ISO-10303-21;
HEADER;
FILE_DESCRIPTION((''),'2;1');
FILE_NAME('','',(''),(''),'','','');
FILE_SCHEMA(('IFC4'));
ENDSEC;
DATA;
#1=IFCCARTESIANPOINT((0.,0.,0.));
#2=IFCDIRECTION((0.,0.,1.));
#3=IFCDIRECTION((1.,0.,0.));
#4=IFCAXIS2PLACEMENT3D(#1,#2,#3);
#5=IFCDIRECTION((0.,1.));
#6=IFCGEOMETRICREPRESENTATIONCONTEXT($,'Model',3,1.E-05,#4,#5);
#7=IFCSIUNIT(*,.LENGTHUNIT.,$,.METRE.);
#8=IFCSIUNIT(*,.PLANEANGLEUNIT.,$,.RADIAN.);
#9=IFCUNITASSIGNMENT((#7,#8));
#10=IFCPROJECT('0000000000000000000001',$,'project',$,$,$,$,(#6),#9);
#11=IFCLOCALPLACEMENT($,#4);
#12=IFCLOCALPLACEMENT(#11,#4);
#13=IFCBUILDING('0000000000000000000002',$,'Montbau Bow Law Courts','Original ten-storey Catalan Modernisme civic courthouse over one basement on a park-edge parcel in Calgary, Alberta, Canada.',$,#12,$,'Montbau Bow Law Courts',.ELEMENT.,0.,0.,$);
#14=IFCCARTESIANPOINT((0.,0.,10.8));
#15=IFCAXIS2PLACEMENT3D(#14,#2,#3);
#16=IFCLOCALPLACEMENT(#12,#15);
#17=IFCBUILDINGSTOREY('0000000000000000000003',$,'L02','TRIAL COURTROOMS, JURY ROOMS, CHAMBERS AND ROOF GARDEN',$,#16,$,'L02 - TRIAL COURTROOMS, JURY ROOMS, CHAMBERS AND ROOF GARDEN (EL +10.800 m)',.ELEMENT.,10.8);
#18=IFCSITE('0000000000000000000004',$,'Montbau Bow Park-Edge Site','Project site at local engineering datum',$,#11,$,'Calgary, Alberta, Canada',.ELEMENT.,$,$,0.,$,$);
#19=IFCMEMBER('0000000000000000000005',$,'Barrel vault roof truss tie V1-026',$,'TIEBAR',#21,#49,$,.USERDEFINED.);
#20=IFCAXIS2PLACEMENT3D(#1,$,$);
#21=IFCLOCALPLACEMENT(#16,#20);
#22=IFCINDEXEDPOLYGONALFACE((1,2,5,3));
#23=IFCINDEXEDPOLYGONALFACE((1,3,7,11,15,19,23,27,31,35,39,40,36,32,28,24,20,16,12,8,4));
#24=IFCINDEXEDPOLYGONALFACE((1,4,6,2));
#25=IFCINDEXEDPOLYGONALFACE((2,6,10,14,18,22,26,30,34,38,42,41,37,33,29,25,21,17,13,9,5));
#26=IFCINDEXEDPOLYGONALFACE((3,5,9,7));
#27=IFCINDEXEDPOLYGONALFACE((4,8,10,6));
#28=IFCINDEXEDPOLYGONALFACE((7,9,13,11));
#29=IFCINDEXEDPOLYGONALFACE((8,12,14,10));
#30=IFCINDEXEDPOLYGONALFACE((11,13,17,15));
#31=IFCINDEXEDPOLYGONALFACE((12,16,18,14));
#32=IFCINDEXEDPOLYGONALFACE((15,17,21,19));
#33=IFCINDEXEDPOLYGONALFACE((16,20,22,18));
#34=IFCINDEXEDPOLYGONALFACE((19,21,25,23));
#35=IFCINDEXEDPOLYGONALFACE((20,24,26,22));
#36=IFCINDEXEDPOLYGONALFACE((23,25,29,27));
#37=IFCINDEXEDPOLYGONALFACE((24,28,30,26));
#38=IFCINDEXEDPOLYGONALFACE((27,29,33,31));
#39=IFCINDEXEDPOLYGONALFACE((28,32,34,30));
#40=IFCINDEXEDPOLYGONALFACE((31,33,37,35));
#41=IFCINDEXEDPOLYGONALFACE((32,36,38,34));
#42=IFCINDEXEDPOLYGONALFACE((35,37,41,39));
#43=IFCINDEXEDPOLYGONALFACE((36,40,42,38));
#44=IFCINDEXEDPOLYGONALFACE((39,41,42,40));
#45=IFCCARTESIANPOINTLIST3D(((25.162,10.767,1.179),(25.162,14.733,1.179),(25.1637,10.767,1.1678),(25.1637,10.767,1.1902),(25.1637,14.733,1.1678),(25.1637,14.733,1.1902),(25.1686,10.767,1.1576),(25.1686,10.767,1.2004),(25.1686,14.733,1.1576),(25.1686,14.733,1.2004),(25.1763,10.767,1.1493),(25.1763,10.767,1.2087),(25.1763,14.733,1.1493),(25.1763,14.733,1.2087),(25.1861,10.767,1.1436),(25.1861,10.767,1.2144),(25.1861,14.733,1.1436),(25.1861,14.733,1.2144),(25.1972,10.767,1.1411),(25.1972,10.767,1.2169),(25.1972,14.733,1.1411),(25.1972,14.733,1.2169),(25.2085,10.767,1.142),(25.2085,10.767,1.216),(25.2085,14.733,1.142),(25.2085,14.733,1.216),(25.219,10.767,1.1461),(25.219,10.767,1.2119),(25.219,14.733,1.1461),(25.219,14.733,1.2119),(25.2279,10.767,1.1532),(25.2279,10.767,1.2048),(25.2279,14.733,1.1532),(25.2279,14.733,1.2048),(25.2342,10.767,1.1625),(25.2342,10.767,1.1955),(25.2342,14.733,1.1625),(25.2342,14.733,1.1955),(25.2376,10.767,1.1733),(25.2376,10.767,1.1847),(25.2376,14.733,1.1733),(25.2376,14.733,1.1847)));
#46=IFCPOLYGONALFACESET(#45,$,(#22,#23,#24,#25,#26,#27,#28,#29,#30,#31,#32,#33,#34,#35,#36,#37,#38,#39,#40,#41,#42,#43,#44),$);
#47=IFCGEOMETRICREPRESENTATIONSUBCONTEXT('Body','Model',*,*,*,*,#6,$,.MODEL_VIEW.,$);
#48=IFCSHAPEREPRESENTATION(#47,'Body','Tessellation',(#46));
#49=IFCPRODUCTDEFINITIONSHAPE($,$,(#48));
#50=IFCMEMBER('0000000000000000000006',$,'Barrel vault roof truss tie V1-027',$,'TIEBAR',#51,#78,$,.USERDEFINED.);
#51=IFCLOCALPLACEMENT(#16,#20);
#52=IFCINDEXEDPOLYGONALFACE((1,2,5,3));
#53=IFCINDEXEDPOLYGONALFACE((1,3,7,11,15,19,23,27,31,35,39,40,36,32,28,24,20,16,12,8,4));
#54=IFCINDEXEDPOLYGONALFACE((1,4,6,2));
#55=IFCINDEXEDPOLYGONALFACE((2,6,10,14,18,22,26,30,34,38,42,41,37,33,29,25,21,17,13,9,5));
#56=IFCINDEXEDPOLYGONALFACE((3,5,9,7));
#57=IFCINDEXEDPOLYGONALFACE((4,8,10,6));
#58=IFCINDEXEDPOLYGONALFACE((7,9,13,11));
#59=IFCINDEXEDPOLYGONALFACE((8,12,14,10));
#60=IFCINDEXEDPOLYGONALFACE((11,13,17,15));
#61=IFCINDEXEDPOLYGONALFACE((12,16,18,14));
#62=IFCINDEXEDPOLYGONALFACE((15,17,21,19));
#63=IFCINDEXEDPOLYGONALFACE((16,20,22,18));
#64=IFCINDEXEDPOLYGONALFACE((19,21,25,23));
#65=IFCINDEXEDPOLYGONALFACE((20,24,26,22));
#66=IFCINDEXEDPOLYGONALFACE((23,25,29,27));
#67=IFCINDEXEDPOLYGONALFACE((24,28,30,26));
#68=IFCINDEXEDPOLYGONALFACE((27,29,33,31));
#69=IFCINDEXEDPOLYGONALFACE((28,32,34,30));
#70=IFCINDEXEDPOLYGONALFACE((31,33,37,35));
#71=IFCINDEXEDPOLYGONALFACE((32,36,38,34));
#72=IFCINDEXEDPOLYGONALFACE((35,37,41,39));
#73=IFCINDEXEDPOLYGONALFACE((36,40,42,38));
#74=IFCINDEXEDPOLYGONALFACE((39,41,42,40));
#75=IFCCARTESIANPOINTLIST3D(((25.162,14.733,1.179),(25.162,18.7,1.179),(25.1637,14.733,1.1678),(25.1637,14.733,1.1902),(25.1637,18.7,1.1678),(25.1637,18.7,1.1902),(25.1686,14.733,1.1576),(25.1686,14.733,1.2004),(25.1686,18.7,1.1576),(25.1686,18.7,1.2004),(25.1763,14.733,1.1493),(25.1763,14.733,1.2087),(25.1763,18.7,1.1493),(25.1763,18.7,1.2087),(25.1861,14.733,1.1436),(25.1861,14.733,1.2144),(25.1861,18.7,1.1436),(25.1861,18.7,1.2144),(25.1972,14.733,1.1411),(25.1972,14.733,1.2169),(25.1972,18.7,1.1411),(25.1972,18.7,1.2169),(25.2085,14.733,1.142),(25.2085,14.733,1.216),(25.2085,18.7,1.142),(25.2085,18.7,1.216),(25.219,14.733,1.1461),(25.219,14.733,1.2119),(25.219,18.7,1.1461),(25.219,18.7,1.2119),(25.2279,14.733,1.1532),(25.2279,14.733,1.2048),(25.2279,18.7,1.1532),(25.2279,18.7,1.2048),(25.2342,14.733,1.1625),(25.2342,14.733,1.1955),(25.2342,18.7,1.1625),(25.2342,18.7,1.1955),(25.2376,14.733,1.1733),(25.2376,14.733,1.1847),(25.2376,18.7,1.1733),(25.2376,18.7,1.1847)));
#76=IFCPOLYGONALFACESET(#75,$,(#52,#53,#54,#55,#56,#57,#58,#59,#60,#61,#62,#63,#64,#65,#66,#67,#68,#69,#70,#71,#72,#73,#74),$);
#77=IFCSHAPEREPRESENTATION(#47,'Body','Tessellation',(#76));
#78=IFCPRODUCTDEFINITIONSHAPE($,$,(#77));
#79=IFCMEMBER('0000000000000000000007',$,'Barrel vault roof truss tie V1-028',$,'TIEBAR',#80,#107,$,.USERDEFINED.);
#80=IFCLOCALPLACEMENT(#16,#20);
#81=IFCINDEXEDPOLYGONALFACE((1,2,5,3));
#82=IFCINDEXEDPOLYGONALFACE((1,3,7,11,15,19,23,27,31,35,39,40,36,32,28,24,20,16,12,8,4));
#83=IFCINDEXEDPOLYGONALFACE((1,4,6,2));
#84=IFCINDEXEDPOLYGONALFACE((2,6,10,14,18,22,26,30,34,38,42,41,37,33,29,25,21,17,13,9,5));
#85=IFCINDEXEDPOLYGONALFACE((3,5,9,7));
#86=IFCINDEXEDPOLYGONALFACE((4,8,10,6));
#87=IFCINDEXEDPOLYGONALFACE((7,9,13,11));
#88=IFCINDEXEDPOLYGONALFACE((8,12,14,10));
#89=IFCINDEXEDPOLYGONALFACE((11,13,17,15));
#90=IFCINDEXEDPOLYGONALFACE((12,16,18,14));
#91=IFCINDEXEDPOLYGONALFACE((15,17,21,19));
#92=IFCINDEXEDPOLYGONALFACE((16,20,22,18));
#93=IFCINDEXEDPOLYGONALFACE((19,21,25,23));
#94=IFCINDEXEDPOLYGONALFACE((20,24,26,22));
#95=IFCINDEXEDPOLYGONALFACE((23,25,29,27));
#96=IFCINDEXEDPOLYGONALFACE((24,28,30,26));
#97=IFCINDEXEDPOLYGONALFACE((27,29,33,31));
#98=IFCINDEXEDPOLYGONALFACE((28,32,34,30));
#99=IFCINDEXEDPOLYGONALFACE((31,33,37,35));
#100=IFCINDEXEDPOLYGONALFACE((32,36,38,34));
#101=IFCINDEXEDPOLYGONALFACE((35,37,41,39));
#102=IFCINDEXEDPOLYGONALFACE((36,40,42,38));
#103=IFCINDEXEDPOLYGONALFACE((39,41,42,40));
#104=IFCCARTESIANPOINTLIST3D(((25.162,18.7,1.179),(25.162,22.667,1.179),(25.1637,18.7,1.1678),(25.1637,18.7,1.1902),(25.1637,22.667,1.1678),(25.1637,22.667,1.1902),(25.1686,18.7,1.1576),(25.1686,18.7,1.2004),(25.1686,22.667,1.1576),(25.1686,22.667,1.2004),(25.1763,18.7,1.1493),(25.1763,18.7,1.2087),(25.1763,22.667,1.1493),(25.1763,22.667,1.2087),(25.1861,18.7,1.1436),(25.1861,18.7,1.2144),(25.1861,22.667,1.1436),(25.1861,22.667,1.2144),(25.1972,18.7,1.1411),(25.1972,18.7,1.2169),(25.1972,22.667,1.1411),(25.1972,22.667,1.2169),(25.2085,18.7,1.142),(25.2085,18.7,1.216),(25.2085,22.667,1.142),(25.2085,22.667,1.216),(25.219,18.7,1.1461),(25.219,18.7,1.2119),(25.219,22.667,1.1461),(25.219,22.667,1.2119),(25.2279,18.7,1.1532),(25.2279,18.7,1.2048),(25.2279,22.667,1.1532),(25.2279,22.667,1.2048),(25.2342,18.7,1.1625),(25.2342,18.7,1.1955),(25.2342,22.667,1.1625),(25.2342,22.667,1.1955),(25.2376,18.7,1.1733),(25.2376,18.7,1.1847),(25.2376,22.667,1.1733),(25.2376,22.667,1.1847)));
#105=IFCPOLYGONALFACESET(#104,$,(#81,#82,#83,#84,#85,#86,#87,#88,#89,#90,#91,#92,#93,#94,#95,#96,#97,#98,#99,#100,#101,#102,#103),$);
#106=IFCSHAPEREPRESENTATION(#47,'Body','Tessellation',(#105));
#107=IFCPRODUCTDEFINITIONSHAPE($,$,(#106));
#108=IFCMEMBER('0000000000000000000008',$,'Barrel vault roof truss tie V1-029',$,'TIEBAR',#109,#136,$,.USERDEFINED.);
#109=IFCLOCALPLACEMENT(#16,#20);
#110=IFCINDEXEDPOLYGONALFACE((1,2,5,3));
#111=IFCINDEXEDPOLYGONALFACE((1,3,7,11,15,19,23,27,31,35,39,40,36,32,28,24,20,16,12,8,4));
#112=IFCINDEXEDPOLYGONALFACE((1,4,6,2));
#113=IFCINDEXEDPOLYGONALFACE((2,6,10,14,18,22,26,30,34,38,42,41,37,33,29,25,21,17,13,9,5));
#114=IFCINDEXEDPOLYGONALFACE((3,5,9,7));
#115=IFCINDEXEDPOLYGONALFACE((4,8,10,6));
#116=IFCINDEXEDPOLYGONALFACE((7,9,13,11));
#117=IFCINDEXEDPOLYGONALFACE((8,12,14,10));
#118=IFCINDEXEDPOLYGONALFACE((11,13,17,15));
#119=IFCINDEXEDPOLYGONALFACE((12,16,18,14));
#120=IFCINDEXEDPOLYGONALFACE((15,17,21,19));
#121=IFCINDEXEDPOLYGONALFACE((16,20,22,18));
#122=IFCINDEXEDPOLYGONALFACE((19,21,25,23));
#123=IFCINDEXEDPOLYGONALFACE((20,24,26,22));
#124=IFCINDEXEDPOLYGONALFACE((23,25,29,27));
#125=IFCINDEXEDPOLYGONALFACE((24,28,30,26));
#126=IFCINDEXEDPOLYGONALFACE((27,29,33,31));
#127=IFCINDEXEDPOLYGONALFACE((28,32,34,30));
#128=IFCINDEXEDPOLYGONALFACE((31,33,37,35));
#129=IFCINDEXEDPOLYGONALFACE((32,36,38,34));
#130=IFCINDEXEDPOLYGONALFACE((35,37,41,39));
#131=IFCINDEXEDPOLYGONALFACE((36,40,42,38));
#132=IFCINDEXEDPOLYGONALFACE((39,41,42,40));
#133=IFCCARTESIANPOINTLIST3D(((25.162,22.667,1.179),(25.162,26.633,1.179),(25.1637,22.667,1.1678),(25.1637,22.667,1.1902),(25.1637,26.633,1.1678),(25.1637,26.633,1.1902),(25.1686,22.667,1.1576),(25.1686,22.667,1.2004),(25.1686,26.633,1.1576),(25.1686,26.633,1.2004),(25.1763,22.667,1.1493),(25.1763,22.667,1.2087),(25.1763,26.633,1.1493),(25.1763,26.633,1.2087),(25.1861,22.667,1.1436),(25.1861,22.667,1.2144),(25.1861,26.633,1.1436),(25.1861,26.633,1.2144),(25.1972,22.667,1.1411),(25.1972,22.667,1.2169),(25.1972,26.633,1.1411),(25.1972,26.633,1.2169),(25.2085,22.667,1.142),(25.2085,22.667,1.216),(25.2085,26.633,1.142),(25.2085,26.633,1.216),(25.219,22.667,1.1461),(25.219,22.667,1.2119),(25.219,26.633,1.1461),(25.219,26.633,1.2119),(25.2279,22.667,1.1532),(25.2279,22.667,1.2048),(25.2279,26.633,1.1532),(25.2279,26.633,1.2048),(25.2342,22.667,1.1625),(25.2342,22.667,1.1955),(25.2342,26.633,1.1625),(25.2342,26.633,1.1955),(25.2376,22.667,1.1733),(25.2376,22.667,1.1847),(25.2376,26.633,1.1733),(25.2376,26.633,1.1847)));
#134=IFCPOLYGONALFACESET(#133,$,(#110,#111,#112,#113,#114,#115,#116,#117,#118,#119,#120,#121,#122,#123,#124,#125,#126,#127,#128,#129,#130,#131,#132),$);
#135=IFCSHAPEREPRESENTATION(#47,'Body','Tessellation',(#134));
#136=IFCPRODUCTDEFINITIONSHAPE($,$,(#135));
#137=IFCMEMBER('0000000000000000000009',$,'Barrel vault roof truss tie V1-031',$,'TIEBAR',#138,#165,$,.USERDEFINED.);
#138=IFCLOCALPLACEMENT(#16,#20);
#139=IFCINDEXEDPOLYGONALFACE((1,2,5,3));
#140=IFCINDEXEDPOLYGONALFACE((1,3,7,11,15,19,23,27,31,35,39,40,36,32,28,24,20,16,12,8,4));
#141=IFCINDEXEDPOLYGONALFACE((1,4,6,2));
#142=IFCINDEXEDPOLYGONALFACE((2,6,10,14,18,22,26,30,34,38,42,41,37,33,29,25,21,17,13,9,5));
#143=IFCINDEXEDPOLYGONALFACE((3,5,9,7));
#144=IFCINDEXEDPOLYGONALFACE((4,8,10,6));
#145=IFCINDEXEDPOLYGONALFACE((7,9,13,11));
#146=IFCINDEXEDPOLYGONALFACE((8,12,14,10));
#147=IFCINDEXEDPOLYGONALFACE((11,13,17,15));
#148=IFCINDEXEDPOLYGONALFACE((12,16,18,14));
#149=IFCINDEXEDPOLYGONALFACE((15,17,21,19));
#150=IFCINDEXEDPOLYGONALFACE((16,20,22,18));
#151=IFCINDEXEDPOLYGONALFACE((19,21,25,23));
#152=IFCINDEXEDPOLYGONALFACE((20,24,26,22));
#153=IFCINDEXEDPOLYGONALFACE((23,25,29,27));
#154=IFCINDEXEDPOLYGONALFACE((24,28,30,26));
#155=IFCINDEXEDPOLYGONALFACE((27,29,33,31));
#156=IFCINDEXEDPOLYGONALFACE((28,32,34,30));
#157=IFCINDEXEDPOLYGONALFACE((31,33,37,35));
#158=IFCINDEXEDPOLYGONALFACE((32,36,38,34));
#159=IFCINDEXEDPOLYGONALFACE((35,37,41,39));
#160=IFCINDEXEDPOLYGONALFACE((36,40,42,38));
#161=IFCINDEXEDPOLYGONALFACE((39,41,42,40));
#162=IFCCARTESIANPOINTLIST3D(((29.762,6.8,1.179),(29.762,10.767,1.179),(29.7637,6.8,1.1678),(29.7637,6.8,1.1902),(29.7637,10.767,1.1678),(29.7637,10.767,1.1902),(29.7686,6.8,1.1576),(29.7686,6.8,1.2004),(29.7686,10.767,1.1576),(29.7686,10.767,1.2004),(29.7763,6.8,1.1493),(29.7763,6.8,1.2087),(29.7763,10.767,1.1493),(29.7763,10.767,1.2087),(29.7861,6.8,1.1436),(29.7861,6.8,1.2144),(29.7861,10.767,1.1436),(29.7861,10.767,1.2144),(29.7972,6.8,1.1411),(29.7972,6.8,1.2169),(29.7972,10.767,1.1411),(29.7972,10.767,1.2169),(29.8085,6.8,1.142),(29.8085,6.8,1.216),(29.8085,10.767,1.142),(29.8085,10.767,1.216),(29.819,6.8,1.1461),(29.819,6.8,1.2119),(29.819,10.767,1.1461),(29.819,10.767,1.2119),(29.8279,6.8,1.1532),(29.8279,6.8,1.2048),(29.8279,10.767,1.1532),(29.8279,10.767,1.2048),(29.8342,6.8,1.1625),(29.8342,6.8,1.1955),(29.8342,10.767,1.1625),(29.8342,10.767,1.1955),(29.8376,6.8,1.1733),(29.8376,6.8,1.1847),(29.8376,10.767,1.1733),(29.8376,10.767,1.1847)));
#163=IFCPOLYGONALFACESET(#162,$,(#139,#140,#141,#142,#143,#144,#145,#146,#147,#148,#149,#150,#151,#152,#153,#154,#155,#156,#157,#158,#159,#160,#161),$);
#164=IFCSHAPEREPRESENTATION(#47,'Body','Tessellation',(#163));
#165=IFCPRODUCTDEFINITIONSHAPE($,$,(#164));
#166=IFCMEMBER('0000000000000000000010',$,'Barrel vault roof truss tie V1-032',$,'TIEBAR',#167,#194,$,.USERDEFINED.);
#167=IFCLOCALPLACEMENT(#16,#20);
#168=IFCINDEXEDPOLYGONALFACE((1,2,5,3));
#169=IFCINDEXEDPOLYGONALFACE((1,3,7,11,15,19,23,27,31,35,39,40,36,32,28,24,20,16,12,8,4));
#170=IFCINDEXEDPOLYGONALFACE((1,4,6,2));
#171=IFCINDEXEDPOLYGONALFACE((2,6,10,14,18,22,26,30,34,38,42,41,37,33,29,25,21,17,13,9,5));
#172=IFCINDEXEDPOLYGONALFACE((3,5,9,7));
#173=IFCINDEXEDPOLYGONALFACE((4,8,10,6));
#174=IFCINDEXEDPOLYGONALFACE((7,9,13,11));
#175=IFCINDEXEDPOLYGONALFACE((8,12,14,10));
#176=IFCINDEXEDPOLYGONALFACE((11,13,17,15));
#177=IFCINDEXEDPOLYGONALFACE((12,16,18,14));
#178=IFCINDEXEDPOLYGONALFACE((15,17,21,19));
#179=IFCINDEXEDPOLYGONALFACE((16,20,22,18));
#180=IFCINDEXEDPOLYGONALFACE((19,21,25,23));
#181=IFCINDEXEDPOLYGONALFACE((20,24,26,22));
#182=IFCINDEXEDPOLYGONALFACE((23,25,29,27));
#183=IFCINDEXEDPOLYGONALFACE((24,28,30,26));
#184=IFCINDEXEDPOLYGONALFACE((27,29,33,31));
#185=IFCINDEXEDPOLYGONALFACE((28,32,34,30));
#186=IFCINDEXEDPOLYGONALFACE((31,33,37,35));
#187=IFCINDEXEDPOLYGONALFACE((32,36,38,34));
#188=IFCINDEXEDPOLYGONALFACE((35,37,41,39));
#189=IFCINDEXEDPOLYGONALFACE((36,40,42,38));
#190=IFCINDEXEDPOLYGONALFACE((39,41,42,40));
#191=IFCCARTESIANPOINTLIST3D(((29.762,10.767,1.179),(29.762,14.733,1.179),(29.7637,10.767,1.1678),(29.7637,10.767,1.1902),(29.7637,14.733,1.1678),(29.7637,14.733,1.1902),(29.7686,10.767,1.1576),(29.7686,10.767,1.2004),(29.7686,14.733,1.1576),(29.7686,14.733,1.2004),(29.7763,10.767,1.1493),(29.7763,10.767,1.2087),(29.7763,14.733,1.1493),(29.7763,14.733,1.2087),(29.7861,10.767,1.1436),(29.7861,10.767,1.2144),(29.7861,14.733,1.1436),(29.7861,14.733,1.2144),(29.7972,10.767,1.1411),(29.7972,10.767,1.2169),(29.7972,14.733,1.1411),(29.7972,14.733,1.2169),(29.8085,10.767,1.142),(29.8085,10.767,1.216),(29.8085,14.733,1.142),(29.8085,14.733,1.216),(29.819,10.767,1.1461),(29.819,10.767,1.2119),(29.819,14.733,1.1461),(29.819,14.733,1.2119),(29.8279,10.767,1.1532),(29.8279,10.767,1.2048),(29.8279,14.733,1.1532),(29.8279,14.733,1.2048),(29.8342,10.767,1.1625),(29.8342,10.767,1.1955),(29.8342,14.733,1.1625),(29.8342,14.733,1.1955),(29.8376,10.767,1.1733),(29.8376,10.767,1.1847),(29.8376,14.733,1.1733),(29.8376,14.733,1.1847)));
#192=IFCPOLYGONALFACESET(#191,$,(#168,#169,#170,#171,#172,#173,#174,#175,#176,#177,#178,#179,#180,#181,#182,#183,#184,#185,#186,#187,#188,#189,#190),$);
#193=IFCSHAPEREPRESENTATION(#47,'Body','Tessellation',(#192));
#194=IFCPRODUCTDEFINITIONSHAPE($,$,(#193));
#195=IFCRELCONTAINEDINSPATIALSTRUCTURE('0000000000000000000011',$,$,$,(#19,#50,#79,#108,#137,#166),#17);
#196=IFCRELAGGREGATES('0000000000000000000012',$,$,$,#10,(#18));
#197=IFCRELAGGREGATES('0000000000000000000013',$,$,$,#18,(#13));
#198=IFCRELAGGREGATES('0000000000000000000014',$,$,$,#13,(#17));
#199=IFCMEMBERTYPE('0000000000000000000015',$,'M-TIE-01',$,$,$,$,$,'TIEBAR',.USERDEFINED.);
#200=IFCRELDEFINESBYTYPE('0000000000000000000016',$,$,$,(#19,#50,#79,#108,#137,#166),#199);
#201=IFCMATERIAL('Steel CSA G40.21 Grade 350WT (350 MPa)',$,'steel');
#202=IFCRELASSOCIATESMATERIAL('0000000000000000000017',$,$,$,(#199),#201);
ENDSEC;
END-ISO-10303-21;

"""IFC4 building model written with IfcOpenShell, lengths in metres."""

from ifc_helpers import new_model, si_unit, direction, frame, origin_with_axes, origin_2d_with_axis, place, context, subcontext, project, spatial, circle, extrude, material, material_profile, profile_set, type_object, element, save


model = new_model("IFC4")

# Units and contexts
model_context = context("Model", 3, precision=1e-05, world=origin_with_axes(), true_north=direction((0.0, 1.0)))
body_context = subcontext(model_context, "Body", "Model", "MODEL_VIEW")
ifc_project = project(units=[si_unit("LENGTHUNIT", "METRE"), si_unit("PLANEANGLEUNIT", "RADIAN")], contexts=[model_context])

# Site, building, storey
site_placement = place(None, origin_with_axes())
site = spatial("IfcSite", under=ifc_project, at=site_placement, Name="Montbau Bow Park-Edge Site", Description="Project site at local engineering datum", LongName="Calgary, Alberta, Canada", CompositionType="ELEMENT", RefElevation=0.0)
building_placement = place(site_placement, origin_with_axes())
building = spatial("IfcBuilding", under=site, at=building_placement, Name="Montbau Bow Law Courts", Description="Original ten-storey Catalan Modernisme civic courthouse over one basement on a park-edge parcel in Calgary, Alberta, Canada.", LongName="Montbau Bow Law Courts", CompositionType="ELEMENT", ElevationOfRefHeight=0.0, ElevationOfTerrain=0.0)
storey_placement = place(building_placement, frame((0.0, 0.0, 10.8), z_axis=(0.0, 0.0, 1.0), x_axis=(1.0, 0.0, 0.0)))
storey = spatial("IfcBuildingStorey", under=building, at=storey_placement, Name="L02", Description="TRIAL COURTROOMS, JURY ROOMS, CHAMBERS AND ROOF GARDEN", LongName="L02 - TRIAL COURTROOMS, JURY ROOMS, CHAMBERS AND ROOF GARDEN (EL +10.800 m)", CompositionType="ELEMENT", Elevation=10.8)

# Shared definitions
ifc_material = material(Name="Steel CSA G40.21 Grade 350WT (350 MPa)", Category="steel")

# Members
ifc_material_profile_1 = material_profile(ifc_material, circle(Radius=0.038, at=origin_2d_with_axis()), Name="ROD76", Category="Main", Priority=0)
ifc_profile_set_1 = profile_set([ifc_material_profile_1], Name="Steel CSA G40.21 Grade 350WT (350 MPa)")
member_type_1 = type_object("IfcMemberType", Name="M-TIE-01", ElementType="TIEBAR", PredefinedType="USERDEFINED", material=ifc_profile_set_1)
member_1_placement = place(None, frame((25.2, 10.767, 11.979), z_axis=(0.0, 1.0, 0.0), x_axis=(-1.0, 0.0, 0.0)))
element("IfcMember", 1, at=member_1_placement, inside=storey, type_object=member_type_1, Name="Barrel vault roof truss tie V1-026", ObjectType="TIEBAR", PredefinedType="USERDEFINED", context=body_context, shape_type="SweptSolid", body=[
    extrude(circle(Radius=0.038, at=origin_2d_with_axis()), origin_with_axes(), (0.0, 0.0, 1.0), 3.966),
])
for number, where, z_axis, x_axis, name in (
    (2, (25.2, 14.733, 11.979), (0.0, 1.0, 0.0), (-1.0, 0.0, 0.0), "Barrel vault roof truss tie V1-027"),
    (3, (25.2, 18.7, 11.979), (0.0, 1.0, 0.0), (-1.0, 0.0, 0.0), "Barrel vault roof truss tie V1-028"),
):
    element("IfcMember", number, at=place(None, frame(where, z_axis=z_axis, x_axis=x_axis)), inside=storey, type_object=member_type_1, Name=name, ObjectType="TIEBAR", PredefinedType="USERDEFINED", context=body_context, shape_type="SweptSolid", body=[
        extrude(circle(Radius=0.038, at=origin_2d_with_axis()), origin_with_axes(), (0.0, 0.0, 1.0), 3.967),
    ])
member_2_placement = place(None, frame((25.2, 22.667, 11.979), z_axis=(0.0, 1.0, 0.0), x_axis=(-1.0, 0.0, 0.0)))
element("IfcMember", 4, at=member_2_placement, inside=storey, type_object=member_type_1, Name="Barrel vault roof truss tie V1-029", ObjectType="TIEBAR", PredefinedType="USERDEFINED", context=body_context, shape_type="SweptSolid", body=[
    extrude(circle(Radius=0.038, at=origin_2d_with_axis()), origin_with_axes(), (0.0, 0.0, 1.0), 3.966),
])
member_3_placement = place(None, frame((29.8, 6.8, 11.979), z_axis=(0.0, 1.0, 0.0), x_axis=(-1.0, 0.0, 0.0)))
element("IfcMember", 5, at=member_3_placement, inside=storey, type_object=member_type_1, Name="Barrel vault roof truss tie V1-031", ObjectType="TIEBAR", PredefinedType="USERDEFINED", context=body_context, shape_type="SweptSolid", body=[
    extrude(circle(Radius=0.038, at=origin_2d_with_axis()), origin_with_axes(), (0.0, 0.0, 1.0), 3.967),
])
member_4_placement = place(None, frame((29.8, 10.767, 11.979), z_axis=(0.0, 1.0, 0.0), x_axis=(-1.0, 0.0, 0.0)))
element("IfcMember", 6, at=member_4_placement, inside=storey, type_object=member_type_1, Name="Barrel vault roof truss tie V1-032", ObjectType="TIEBAR", PredefinedType="USERDEFINED", context=body_context, shape_type="SweptSolid", body=[
    extrude(circle(Radius=0.038, at=origin_2d_with_axis()), origin_with_axes(), (0.0, 0.0, 1.0), 3.966),
])

save(model, "model.ifc")
